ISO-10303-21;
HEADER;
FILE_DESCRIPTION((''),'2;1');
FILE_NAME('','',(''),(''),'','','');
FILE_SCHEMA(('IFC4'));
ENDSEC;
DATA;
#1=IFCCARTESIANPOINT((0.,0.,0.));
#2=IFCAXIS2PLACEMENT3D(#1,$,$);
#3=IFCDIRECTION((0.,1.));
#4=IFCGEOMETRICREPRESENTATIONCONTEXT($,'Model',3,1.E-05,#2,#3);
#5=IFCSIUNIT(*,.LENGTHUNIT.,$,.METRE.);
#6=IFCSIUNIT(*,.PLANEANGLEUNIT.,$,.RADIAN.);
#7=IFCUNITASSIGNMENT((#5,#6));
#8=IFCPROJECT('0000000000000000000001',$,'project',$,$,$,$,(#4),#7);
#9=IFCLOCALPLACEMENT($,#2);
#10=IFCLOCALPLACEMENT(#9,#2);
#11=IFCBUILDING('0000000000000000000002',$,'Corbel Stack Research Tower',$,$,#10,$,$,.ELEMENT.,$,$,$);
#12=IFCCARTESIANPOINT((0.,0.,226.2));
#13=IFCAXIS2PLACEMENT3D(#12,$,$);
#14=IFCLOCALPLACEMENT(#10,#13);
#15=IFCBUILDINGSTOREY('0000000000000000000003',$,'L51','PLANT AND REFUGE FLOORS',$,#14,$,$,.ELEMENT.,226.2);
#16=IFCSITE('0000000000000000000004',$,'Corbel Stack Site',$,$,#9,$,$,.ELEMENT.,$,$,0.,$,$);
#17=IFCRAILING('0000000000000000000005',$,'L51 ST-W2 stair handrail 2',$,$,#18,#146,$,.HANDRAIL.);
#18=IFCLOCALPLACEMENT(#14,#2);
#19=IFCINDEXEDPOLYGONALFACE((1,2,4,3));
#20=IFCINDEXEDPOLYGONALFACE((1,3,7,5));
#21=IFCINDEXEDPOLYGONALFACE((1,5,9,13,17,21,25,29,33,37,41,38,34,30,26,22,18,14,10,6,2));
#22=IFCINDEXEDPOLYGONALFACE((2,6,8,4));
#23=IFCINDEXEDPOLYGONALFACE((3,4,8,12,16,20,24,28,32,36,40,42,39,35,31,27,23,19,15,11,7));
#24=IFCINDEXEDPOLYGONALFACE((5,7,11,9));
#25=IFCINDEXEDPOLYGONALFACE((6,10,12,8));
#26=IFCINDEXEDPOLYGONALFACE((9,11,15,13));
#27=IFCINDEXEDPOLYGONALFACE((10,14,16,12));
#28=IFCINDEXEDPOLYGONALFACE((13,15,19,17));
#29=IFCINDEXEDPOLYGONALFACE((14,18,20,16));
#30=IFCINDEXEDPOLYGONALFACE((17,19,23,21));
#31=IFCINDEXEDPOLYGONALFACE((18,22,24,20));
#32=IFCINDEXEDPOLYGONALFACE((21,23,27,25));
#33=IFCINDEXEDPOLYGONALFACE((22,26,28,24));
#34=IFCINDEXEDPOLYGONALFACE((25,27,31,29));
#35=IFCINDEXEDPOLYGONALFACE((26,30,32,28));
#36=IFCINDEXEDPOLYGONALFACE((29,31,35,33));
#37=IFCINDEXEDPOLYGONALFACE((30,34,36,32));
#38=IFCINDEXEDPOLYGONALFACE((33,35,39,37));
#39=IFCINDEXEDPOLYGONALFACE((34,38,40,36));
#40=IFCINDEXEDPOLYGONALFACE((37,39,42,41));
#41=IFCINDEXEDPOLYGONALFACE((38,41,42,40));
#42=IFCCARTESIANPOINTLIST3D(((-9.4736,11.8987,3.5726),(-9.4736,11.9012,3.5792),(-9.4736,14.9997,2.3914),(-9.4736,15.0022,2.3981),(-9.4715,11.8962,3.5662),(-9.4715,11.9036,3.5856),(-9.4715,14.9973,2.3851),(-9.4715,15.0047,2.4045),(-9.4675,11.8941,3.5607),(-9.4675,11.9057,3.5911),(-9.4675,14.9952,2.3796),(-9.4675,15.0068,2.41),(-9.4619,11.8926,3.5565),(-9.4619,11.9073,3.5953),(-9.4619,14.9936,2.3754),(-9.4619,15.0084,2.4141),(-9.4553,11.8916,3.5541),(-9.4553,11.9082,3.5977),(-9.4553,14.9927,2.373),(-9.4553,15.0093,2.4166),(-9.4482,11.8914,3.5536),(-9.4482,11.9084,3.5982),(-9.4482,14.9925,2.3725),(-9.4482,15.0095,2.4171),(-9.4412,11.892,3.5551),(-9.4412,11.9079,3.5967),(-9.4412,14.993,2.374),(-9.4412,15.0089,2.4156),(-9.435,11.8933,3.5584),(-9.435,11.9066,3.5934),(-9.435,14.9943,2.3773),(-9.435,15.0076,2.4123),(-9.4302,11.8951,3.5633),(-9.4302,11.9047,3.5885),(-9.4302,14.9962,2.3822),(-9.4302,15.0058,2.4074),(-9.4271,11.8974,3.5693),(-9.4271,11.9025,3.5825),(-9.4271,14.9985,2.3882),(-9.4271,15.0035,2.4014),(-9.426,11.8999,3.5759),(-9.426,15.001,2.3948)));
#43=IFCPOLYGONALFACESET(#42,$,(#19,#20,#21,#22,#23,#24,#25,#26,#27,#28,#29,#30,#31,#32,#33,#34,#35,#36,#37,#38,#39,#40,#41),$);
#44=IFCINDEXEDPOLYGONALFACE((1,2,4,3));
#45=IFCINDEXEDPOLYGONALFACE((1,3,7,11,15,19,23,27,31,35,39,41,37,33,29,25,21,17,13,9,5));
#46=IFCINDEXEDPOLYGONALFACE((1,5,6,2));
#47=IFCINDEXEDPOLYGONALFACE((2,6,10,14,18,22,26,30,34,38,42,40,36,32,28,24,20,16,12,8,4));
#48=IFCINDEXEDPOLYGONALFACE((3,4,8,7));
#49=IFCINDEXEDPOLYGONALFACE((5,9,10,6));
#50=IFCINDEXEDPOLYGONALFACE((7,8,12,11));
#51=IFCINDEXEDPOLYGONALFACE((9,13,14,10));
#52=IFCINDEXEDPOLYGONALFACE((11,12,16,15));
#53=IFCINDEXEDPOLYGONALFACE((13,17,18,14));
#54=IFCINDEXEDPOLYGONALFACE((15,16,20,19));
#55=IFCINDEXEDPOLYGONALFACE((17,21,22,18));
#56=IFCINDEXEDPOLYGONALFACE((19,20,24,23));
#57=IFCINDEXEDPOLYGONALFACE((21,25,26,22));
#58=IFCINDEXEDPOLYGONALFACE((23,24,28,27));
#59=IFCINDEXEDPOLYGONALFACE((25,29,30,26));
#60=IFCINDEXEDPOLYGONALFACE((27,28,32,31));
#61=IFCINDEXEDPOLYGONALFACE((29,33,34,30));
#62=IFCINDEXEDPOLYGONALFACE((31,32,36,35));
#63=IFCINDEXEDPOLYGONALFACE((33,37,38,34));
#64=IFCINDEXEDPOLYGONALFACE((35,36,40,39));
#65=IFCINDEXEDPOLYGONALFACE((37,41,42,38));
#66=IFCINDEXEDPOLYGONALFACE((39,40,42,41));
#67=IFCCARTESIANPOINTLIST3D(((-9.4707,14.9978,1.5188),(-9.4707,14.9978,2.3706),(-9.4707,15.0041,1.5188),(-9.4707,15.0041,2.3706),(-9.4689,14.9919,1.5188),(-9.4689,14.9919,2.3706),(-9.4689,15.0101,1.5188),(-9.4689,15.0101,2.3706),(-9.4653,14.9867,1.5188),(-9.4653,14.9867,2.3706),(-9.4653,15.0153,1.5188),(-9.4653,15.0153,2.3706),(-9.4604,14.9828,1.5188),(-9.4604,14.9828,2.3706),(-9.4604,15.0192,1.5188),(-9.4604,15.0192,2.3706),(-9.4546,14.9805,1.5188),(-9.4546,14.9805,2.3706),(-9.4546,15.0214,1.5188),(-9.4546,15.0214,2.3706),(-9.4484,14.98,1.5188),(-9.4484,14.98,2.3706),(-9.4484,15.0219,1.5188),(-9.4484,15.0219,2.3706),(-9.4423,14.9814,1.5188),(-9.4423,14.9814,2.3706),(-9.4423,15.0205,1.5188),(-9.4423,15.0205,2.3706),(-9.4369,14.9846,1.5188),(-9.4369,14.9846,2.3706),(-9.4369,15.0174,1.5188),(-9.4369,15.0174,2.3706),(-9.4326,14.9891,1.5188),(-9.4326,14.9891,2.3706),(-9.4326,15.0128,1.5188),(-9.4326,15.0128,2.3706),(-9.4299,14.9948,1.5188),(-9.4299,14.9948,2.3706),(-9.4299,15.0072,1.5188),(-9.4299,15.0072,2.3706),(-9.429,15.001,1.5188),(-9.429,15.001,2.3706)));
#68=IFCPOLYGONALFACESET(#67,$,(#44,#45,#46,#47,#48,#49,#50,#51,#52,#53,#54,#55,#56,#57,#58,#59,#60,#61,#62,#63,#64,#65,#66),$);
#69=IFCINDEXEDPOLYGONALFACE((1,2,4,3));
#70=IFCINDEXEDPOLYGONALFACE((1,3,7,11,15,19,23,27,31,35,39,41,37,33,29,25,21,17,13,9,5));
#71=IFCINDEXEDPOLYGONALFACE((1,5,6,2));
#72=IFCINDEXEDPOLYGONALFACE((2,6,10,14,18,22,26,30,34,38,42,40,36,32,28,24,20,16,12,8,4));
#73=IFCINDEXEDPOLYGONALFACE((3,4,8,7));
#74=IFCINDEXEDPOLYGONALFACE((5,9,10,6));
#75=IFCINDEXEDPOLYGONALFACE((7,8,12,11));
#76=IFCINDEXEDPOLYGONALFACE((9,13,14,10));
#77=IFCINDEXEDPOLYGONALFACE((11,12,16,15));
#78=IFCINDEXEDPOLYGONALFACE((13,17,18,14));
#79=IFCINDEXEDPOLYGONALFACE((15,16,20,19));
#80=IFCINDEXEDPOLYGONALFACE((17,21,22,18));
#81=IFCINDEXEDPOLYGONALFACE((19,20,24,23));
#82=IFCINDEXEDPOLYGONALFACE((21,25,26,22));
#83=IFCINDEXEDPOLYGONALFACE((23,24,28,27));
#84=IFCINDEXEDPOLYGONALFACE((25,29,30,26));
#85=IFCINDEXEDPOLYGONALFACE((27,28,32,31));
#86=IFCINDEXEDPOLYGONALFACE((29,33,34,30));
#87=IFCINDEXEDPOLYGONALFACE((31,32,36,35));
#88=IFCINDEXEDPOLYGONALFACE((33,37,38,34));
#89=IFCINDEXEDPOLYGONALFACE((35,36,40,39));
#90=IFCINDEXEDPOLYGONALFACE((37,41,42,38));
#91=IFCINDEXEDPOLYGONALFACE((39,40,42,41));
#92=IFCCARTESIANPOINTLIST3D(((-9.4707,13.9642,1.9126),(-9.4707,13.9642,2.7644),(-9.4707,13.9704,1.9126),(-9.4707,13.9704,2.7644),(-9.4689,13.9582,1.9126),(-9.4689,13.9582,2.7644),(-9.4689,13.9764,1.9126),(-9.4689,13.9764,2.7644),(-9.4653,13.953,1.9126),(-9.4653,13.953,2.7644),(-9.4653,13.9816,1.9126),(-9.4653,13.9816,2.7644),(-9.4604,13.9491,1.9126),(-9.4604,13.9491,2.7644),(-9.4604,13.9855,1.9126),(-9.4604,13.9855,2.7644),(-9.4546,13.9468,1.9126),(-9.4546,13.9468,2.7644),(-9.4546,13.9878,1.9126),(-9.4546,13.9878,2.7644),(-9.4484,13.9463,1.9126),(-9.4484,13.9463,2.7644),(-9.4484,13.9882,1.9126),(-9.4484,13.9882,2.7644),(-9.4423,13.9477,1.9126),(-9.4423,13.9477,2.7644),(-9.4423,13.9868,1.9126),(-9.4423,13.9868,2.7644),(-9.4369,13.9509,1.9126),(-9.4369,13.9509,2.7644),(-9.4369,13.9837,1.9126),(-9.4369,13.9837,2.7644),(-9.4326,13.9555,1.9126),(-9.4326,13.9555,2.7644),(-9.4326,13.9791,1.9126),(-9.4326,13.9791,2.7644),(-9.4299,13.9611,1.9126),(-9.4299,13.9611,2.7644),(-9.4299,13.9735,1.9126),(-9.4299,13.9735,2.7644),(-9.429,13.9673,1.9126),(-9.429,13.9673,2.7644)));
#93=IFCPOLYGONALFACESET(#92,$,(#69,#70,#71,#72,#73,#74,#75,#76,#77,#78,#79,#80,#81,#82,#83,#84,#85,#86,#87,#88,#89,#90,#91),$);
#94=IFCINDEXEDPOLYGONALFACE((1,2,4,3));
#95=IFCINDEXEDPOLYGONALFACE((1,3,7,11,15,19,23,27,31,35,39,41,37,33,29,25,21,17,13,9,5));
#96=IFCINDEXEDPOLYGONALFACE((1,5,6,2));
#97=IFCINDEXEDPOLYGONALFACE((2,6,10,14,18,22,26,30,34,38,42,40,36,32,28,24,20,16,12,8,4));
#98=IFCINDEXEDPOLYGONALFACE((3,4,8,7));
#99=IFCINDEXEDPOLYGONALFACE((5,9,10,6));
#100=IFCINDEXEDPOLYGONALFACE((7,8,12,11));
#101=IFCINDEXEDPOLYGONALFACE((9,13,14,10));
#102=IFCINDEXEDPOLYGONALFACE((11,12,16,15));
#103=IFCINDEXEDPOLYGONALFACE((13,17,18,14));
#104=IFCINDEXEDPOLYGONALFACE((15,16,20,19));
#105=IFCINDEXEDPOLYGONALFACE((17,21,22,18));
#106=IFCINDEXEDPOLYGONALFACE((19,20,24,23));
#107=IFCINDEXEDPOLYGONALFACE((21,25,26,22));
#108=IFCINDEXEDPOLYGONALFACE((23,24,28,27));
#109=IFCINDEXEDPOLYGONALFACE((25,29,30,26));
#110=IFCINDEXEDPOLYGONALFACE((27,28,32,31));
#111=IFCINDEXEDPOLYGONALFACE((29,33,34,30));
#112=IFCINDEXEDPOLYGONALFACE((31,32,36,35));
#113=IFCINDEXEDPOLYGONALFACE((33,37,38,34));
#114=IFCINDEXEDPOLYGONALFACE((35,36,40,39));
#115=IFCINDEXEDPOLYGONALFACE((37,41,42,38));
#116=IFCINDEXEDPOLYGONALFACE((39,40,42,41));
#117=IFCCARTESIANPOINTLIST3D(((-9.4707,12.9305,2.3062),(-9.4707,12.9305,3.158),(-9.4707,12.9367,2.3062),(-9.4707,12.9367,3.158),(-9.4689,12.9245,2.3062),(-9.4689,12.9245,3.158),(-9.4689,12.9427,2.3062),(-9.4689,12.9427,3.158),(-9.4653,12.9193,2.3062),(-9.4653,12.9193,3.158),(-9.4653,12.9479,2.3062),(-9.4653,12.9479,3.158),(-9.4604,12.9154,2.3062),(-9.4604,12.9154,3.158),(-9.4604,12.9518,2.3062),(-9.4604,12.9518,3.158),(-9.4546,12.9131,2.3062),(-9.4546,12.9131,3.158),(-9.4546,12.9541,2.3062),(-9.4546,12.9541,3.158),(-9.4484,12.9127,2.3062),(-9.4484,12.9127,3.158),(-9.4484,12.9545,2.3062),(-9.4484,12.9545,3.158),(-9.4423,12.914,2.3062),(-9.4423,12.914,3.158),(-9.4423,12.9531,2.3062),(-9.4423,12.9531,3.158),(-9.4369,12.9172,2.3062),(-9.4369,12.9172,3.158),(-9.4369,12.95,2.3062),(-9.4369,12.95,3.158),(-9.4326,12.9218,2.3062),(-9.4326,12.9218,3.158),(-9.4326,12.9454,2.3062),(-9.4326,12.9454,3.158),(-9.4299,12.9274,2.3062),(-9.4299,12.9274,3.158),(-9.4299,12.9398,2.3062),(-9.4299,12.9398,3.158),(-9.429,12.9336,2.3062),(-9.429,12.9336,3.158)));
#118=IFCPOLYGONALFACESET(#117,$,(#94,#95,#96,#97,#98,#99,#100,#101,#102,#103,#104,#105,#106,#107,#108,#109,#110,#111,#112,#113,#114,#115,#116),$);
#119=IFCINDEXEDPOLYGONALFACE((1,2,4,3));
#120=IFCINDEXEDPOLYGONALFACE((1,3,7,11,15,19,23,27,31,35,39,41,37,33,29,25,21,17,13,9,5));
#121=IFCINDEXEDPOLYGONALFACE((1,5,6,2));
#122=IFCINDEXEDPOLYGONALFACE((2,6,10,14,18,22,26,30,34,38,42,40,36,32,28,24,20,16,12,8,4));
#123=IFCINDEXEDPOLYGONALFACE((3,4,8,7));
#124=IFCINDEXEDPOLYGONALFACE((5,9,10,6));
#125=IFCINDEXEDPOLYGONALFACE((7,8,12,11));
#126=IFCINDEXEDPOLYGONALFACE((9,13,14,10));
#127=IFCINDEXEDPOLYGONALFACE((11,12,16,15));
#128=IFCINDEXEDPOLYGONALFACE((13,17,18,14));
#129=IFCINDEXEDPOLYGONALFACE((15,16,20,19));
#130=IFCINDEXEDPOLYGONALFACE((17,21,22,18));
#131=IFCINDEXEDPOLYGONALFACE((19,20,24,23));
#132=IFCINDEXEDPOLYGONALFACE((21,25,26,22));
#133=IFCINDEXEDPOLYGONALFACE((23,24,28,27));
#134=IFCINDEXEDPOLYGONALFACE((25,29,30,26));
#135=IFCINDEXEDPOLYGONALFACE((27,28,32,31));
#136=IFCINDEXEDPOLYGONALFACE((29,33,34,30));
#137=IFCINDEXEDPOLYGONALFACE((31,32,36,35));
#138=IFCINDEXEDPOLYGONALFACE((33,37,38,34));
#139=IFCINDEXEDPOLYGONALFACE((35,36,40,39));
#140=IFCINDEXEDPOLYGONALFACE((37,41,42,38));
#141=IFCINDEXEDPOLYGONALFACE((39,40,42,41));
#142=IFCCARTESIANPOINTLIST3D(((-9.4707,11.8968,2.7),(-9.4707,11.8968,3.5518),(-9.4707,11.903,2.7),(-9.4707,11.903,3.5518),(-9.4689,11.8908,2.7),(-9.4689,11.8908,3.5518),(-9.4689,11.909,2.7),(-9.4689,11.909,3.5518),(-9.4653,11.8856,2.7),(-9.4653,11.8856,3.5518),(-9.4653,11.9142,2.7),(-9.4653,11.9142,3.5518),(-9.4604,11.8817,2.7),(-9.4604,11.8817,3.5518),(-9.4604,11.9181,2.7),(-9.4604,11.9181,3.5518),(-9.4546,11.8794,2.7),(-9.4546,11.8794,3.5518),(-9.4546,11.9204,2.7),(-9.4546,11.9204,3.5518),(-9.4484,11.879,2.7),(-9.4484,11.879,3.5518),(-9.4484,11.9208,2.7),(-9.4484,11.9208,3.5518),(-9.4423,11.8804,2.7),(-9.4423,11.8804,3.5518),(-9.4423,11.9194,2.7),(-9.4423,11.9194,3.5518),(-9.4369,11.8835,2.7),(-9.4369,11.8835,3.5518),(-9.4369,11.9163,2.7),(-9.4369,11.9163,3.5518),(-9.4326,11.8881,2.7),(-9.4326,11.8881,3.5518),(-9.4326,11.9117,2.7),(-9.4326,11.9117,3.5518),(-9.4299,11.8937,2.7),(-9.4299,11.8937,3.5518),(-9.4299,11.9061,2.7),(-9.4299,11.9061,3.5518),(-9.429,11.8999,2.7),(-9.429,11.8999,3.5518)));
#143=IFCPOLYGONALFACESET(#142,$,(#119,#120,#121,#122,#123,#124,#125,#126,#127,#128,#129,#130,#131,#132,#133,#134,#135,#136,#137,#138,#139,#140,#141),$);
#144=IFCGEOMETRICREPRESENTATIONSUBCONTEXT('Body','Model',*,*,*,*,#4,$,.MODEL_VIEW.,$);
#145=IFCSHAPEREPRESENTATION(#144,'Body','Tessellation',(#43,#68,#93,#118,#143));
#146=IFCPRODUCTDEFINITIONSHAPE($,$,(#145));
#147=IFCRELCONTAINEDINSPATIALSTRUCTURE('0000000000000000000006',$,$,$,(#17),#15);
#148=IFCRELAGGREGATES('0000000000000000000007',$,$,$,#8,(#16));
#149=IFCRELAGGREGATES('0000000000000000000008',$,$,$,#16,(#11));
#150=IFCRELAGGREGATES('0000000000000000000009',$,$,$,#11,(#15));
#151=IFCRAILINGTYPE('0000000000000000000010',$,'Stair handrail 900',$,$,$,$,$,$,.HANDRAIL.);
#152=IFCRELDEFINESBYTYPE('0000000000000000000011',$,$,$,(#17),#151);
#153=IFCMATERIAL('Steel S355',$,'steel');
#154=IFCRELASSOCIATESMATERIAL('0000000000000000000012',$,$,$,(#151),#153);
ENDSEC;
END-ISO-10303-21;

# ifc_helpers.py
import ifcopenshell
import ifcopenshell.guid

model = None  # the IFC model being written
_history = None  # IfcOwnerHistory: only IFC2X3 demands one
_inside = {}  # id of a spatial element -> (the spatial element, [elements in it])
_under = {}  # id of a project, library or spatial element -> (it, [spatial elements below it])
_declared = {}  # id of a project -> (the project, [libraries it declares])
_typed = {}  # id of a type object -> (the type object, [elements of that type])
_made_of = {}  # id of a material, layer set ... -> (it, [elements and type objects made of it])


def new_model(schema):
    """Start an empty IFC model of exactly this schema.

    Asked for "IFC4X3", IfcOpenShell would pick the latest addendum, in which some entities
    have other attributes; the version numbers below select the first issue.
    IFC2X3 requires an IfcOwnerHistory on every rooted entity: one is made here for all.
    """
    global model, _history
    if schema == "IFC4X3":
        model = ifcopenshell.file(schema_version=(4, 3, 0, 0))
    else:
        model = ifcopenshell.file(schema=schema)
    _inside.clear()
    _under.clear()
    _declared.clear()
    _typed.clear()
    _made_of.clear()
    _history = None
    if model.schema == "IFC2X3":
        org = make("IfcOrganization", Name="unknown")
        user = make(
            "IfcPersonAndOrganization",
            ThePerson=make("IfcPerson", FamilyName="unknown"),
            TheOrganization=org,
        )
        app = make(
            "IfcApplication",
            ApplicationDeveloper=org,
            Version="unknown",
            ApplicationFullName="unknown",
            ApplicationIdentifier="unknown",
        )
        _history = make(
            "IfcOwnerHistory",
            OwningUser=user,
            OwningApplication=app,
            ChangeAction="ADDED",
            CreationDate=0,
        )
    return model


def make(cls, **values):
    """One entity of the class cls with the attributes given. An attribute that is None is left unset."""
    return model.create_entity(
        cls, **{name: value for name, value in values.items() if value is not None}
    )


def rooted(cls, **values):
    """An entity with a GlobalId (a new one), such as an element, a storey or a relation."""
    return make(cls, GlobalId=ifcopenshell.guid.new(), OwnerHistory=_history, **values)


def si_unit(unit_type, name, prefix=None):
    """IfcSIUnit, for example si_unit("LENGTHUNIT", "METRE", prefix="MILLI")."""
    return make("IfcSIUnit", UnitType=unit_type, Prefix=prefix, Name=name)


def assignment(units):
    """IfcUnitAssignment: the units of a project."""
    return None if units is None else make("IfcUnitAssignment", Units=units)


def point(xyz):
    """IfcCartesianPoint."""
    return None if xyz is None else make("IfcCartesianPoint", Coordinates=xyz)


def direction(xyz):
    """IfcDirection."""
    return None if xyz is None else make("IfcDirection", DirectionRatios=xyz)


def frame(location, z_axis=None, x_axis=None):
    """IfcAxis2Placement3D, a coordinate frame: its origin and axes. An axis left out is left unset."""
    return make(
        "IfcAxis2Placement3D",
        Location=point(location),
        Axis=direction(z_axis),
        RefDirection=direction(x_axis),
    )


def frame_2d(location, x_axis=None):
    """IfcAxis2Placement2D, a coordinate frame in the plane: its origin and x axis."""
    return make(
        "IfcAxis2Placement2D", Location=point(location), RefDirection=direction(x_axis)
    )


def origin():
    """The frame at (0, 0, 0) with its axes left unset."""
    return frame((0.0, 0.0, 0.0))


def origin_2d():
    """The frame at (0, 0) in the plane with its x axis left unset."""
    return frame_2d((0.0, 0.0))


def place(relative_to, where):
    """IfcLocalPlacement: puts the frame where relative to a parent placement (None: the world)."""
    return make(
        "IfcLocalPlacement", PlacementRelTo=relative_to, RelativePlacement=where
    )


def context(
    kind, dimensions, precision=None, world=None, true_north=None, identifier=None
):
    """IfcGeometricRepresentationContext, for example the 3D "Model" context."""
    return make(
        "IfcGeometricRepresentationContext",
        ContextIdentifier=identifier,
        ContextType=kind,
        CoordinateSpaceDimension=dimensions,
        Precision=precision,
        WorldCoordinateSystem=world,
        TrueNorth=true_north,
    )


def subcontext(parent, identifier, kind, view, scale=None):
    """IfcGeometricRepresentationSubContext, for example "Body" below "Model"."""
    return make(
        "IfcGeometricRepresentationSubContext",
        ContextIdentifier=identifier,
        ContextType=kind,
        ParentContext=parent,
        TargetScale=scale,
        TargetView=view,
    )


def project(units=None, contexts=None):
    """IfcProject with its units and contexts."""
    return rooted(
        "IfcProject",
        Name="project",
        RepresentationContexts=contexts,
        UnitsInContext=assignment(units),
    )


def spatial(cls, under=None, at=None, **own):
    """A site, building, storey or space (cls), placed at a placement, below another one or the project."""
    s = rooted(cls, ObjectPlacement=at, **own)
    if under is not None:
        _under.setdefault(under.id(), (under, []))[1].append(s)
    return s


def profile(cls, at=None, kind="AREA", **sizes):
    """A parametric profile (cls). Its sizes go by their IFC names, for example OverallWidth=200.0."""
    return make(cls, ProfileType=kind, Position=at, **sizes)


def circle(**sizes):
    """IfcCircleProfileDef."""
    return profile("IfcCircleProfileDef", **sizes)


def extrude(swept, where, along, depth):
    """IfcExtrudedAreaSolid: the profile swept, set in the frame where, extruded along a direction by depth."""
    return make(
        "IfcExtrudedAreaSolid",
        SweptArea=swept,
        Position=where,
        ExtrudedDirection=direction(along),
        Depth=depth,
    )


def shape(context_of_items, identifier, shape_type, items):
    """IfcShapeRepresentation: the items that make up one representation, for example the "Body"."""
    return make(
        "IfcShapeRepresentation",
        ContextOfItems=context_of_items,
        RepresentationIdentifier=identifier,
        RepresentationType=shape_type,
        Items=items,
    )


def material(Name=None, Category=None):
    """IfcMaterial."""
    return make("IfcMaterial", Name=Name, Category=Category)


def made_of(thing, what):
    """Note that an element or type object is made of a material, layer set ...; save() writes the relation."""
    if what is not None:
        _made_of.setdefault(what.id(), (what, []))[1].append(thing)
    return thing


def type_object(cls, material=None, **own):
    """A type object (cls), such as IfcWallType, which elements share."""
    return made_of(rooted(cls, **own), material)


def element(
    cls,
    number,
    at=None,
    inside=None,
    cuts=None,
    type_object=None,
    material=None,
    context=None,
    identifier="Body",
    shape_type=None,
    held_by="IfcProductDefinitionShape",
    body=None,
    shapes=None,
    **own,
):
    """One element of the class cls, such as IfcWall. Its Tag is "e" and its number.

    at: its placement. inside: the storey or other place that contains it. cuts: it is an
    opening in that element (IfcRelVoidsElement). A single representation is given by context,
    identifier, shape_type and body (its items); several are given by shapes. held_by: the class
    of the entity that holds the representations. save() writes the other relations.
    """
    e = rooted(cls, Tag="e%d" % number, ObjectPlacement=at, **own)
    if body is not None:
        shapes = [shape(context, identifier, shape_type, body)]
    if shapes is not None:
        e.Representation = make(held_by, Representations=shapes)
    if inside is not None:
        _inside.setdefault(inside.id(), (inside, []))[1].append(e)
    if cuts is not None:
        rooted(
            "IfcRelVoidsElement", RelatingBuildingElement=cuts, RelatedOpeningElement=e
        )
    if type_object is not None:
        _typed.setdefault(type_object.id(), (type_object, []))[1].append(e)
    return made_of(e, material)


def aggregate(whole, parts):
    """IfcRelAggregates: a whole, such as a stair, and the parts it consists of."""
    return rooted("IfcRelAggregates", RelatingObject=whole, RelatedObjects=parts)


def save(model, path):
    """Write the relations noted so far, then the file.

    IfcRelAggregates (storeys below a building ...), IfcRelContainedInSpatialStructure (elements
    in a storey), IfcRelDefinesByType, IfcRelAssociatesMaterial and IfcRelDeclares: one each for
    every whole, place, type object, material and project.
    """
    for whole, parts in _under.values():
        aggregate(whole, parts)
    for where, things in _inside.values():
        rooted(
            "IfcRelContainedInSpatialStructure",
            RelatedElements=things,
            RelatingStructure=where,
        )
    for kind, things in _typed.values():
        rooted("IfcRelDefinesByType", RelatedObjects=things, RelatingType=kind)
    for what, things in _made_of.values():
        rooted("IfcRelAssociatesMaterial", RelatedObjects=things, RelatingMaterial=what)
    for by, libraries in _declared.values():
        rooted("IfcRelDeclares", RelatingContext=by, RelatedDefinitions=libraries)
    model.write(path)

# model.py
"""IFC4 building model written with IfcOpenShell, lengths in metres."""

from ifc_helpers import new_model, si_unit, direction, frame, origin, origin_2d, place, context, subcontext, project, spatial, circle, extrude, material, type_object, element, save


model = new_model("IFC4")

# Units and contexts
model_context = context("Model", 3, precision=1e-05, world=origin(), true_north=direction((0.0, 1.0)))
body_context = subcontext(model_context, "Body", "Model", "MODEL_VIEW")
ifc_project = project(units=[si_unit("LENGTHUNIT", "METRE"), si_unit("PLANEANGLEUNIT", "RADIAN")], contexts=[model_context])

# Site, building, storey
site_placement = place(None, origin())
site = spatial("IfcSite", under=ifc_project, at=site_placement, Name="Corbel Stack Site", CompositionType="ELEMENT", RefElevation=0.0)
building_placement = place(site_placement, origin())
building = spatial("IfcBuilding", under=site, at=building_placement, Name="Corbel Stack Research Tower", CompositionType="ELEMENT")
storey_placement = place(building_placement, frame((0.0, 0.0, 226.2)))
storey = spatial("IfcBuildingStorey", under=building, at=storey_placement, Name="L51", Description="PLANT AND REFUGE FLOORS", CompositionType="ELEMENT", Elevation=226.2)

# Railing
ifc_material_1 = material(Name="Steel S355", Category="steel")
railing_type_1 = type_object("IfcRailingType", Name="Stair handrail 900", PredefinedType="HANDRAIL", material=ifc_material_1)
railing_1_placement = place(storey_placement, frame((-9.45, 15.001, 1.5188)))
element("IfcRailing", 1, at=railing_1_placement, inside=storey, type_object=railing_type_1, Name="L51 ST-W2 stair handrail 2", PredefinedType="HANDRAIL", context=body_context, shape_type="SweptSolid", body=[
    extrude(circle(Radius=0.0239, at=origin_2d()), frame((0.0, 0.0, 0.876), z_axis=(0.0, -0.934509, 0.35594), x_axis=(1.0, 0.0, 0.0)), (0.0, 0.0, 1.0), 3.3184),
    extrude(circle(Radius=0.021, at=origin_2d()), origin(), (0.0, 0.0, 1.0), 0.8518),
    extrude(circle(Radius=0.021, at=origin_2d()), frame((0.0, -1.0337, 0.3938)), (0.0, 0.0, 1.0), 0.8518),
    extrude(circle(Radius=0.021, at=origin_2d()), frame((0.0, -2.0674, 0.7874)), (0.0, 0.0, 1.0), 0.8518),
    extrude(circle(Radius=0.021, at=origin_2d()), frame((0.0, -3.1011, 1.1812)), (0.0, 0.0, 1.0), 0.8518),
])

save(model, "model.ifc")
